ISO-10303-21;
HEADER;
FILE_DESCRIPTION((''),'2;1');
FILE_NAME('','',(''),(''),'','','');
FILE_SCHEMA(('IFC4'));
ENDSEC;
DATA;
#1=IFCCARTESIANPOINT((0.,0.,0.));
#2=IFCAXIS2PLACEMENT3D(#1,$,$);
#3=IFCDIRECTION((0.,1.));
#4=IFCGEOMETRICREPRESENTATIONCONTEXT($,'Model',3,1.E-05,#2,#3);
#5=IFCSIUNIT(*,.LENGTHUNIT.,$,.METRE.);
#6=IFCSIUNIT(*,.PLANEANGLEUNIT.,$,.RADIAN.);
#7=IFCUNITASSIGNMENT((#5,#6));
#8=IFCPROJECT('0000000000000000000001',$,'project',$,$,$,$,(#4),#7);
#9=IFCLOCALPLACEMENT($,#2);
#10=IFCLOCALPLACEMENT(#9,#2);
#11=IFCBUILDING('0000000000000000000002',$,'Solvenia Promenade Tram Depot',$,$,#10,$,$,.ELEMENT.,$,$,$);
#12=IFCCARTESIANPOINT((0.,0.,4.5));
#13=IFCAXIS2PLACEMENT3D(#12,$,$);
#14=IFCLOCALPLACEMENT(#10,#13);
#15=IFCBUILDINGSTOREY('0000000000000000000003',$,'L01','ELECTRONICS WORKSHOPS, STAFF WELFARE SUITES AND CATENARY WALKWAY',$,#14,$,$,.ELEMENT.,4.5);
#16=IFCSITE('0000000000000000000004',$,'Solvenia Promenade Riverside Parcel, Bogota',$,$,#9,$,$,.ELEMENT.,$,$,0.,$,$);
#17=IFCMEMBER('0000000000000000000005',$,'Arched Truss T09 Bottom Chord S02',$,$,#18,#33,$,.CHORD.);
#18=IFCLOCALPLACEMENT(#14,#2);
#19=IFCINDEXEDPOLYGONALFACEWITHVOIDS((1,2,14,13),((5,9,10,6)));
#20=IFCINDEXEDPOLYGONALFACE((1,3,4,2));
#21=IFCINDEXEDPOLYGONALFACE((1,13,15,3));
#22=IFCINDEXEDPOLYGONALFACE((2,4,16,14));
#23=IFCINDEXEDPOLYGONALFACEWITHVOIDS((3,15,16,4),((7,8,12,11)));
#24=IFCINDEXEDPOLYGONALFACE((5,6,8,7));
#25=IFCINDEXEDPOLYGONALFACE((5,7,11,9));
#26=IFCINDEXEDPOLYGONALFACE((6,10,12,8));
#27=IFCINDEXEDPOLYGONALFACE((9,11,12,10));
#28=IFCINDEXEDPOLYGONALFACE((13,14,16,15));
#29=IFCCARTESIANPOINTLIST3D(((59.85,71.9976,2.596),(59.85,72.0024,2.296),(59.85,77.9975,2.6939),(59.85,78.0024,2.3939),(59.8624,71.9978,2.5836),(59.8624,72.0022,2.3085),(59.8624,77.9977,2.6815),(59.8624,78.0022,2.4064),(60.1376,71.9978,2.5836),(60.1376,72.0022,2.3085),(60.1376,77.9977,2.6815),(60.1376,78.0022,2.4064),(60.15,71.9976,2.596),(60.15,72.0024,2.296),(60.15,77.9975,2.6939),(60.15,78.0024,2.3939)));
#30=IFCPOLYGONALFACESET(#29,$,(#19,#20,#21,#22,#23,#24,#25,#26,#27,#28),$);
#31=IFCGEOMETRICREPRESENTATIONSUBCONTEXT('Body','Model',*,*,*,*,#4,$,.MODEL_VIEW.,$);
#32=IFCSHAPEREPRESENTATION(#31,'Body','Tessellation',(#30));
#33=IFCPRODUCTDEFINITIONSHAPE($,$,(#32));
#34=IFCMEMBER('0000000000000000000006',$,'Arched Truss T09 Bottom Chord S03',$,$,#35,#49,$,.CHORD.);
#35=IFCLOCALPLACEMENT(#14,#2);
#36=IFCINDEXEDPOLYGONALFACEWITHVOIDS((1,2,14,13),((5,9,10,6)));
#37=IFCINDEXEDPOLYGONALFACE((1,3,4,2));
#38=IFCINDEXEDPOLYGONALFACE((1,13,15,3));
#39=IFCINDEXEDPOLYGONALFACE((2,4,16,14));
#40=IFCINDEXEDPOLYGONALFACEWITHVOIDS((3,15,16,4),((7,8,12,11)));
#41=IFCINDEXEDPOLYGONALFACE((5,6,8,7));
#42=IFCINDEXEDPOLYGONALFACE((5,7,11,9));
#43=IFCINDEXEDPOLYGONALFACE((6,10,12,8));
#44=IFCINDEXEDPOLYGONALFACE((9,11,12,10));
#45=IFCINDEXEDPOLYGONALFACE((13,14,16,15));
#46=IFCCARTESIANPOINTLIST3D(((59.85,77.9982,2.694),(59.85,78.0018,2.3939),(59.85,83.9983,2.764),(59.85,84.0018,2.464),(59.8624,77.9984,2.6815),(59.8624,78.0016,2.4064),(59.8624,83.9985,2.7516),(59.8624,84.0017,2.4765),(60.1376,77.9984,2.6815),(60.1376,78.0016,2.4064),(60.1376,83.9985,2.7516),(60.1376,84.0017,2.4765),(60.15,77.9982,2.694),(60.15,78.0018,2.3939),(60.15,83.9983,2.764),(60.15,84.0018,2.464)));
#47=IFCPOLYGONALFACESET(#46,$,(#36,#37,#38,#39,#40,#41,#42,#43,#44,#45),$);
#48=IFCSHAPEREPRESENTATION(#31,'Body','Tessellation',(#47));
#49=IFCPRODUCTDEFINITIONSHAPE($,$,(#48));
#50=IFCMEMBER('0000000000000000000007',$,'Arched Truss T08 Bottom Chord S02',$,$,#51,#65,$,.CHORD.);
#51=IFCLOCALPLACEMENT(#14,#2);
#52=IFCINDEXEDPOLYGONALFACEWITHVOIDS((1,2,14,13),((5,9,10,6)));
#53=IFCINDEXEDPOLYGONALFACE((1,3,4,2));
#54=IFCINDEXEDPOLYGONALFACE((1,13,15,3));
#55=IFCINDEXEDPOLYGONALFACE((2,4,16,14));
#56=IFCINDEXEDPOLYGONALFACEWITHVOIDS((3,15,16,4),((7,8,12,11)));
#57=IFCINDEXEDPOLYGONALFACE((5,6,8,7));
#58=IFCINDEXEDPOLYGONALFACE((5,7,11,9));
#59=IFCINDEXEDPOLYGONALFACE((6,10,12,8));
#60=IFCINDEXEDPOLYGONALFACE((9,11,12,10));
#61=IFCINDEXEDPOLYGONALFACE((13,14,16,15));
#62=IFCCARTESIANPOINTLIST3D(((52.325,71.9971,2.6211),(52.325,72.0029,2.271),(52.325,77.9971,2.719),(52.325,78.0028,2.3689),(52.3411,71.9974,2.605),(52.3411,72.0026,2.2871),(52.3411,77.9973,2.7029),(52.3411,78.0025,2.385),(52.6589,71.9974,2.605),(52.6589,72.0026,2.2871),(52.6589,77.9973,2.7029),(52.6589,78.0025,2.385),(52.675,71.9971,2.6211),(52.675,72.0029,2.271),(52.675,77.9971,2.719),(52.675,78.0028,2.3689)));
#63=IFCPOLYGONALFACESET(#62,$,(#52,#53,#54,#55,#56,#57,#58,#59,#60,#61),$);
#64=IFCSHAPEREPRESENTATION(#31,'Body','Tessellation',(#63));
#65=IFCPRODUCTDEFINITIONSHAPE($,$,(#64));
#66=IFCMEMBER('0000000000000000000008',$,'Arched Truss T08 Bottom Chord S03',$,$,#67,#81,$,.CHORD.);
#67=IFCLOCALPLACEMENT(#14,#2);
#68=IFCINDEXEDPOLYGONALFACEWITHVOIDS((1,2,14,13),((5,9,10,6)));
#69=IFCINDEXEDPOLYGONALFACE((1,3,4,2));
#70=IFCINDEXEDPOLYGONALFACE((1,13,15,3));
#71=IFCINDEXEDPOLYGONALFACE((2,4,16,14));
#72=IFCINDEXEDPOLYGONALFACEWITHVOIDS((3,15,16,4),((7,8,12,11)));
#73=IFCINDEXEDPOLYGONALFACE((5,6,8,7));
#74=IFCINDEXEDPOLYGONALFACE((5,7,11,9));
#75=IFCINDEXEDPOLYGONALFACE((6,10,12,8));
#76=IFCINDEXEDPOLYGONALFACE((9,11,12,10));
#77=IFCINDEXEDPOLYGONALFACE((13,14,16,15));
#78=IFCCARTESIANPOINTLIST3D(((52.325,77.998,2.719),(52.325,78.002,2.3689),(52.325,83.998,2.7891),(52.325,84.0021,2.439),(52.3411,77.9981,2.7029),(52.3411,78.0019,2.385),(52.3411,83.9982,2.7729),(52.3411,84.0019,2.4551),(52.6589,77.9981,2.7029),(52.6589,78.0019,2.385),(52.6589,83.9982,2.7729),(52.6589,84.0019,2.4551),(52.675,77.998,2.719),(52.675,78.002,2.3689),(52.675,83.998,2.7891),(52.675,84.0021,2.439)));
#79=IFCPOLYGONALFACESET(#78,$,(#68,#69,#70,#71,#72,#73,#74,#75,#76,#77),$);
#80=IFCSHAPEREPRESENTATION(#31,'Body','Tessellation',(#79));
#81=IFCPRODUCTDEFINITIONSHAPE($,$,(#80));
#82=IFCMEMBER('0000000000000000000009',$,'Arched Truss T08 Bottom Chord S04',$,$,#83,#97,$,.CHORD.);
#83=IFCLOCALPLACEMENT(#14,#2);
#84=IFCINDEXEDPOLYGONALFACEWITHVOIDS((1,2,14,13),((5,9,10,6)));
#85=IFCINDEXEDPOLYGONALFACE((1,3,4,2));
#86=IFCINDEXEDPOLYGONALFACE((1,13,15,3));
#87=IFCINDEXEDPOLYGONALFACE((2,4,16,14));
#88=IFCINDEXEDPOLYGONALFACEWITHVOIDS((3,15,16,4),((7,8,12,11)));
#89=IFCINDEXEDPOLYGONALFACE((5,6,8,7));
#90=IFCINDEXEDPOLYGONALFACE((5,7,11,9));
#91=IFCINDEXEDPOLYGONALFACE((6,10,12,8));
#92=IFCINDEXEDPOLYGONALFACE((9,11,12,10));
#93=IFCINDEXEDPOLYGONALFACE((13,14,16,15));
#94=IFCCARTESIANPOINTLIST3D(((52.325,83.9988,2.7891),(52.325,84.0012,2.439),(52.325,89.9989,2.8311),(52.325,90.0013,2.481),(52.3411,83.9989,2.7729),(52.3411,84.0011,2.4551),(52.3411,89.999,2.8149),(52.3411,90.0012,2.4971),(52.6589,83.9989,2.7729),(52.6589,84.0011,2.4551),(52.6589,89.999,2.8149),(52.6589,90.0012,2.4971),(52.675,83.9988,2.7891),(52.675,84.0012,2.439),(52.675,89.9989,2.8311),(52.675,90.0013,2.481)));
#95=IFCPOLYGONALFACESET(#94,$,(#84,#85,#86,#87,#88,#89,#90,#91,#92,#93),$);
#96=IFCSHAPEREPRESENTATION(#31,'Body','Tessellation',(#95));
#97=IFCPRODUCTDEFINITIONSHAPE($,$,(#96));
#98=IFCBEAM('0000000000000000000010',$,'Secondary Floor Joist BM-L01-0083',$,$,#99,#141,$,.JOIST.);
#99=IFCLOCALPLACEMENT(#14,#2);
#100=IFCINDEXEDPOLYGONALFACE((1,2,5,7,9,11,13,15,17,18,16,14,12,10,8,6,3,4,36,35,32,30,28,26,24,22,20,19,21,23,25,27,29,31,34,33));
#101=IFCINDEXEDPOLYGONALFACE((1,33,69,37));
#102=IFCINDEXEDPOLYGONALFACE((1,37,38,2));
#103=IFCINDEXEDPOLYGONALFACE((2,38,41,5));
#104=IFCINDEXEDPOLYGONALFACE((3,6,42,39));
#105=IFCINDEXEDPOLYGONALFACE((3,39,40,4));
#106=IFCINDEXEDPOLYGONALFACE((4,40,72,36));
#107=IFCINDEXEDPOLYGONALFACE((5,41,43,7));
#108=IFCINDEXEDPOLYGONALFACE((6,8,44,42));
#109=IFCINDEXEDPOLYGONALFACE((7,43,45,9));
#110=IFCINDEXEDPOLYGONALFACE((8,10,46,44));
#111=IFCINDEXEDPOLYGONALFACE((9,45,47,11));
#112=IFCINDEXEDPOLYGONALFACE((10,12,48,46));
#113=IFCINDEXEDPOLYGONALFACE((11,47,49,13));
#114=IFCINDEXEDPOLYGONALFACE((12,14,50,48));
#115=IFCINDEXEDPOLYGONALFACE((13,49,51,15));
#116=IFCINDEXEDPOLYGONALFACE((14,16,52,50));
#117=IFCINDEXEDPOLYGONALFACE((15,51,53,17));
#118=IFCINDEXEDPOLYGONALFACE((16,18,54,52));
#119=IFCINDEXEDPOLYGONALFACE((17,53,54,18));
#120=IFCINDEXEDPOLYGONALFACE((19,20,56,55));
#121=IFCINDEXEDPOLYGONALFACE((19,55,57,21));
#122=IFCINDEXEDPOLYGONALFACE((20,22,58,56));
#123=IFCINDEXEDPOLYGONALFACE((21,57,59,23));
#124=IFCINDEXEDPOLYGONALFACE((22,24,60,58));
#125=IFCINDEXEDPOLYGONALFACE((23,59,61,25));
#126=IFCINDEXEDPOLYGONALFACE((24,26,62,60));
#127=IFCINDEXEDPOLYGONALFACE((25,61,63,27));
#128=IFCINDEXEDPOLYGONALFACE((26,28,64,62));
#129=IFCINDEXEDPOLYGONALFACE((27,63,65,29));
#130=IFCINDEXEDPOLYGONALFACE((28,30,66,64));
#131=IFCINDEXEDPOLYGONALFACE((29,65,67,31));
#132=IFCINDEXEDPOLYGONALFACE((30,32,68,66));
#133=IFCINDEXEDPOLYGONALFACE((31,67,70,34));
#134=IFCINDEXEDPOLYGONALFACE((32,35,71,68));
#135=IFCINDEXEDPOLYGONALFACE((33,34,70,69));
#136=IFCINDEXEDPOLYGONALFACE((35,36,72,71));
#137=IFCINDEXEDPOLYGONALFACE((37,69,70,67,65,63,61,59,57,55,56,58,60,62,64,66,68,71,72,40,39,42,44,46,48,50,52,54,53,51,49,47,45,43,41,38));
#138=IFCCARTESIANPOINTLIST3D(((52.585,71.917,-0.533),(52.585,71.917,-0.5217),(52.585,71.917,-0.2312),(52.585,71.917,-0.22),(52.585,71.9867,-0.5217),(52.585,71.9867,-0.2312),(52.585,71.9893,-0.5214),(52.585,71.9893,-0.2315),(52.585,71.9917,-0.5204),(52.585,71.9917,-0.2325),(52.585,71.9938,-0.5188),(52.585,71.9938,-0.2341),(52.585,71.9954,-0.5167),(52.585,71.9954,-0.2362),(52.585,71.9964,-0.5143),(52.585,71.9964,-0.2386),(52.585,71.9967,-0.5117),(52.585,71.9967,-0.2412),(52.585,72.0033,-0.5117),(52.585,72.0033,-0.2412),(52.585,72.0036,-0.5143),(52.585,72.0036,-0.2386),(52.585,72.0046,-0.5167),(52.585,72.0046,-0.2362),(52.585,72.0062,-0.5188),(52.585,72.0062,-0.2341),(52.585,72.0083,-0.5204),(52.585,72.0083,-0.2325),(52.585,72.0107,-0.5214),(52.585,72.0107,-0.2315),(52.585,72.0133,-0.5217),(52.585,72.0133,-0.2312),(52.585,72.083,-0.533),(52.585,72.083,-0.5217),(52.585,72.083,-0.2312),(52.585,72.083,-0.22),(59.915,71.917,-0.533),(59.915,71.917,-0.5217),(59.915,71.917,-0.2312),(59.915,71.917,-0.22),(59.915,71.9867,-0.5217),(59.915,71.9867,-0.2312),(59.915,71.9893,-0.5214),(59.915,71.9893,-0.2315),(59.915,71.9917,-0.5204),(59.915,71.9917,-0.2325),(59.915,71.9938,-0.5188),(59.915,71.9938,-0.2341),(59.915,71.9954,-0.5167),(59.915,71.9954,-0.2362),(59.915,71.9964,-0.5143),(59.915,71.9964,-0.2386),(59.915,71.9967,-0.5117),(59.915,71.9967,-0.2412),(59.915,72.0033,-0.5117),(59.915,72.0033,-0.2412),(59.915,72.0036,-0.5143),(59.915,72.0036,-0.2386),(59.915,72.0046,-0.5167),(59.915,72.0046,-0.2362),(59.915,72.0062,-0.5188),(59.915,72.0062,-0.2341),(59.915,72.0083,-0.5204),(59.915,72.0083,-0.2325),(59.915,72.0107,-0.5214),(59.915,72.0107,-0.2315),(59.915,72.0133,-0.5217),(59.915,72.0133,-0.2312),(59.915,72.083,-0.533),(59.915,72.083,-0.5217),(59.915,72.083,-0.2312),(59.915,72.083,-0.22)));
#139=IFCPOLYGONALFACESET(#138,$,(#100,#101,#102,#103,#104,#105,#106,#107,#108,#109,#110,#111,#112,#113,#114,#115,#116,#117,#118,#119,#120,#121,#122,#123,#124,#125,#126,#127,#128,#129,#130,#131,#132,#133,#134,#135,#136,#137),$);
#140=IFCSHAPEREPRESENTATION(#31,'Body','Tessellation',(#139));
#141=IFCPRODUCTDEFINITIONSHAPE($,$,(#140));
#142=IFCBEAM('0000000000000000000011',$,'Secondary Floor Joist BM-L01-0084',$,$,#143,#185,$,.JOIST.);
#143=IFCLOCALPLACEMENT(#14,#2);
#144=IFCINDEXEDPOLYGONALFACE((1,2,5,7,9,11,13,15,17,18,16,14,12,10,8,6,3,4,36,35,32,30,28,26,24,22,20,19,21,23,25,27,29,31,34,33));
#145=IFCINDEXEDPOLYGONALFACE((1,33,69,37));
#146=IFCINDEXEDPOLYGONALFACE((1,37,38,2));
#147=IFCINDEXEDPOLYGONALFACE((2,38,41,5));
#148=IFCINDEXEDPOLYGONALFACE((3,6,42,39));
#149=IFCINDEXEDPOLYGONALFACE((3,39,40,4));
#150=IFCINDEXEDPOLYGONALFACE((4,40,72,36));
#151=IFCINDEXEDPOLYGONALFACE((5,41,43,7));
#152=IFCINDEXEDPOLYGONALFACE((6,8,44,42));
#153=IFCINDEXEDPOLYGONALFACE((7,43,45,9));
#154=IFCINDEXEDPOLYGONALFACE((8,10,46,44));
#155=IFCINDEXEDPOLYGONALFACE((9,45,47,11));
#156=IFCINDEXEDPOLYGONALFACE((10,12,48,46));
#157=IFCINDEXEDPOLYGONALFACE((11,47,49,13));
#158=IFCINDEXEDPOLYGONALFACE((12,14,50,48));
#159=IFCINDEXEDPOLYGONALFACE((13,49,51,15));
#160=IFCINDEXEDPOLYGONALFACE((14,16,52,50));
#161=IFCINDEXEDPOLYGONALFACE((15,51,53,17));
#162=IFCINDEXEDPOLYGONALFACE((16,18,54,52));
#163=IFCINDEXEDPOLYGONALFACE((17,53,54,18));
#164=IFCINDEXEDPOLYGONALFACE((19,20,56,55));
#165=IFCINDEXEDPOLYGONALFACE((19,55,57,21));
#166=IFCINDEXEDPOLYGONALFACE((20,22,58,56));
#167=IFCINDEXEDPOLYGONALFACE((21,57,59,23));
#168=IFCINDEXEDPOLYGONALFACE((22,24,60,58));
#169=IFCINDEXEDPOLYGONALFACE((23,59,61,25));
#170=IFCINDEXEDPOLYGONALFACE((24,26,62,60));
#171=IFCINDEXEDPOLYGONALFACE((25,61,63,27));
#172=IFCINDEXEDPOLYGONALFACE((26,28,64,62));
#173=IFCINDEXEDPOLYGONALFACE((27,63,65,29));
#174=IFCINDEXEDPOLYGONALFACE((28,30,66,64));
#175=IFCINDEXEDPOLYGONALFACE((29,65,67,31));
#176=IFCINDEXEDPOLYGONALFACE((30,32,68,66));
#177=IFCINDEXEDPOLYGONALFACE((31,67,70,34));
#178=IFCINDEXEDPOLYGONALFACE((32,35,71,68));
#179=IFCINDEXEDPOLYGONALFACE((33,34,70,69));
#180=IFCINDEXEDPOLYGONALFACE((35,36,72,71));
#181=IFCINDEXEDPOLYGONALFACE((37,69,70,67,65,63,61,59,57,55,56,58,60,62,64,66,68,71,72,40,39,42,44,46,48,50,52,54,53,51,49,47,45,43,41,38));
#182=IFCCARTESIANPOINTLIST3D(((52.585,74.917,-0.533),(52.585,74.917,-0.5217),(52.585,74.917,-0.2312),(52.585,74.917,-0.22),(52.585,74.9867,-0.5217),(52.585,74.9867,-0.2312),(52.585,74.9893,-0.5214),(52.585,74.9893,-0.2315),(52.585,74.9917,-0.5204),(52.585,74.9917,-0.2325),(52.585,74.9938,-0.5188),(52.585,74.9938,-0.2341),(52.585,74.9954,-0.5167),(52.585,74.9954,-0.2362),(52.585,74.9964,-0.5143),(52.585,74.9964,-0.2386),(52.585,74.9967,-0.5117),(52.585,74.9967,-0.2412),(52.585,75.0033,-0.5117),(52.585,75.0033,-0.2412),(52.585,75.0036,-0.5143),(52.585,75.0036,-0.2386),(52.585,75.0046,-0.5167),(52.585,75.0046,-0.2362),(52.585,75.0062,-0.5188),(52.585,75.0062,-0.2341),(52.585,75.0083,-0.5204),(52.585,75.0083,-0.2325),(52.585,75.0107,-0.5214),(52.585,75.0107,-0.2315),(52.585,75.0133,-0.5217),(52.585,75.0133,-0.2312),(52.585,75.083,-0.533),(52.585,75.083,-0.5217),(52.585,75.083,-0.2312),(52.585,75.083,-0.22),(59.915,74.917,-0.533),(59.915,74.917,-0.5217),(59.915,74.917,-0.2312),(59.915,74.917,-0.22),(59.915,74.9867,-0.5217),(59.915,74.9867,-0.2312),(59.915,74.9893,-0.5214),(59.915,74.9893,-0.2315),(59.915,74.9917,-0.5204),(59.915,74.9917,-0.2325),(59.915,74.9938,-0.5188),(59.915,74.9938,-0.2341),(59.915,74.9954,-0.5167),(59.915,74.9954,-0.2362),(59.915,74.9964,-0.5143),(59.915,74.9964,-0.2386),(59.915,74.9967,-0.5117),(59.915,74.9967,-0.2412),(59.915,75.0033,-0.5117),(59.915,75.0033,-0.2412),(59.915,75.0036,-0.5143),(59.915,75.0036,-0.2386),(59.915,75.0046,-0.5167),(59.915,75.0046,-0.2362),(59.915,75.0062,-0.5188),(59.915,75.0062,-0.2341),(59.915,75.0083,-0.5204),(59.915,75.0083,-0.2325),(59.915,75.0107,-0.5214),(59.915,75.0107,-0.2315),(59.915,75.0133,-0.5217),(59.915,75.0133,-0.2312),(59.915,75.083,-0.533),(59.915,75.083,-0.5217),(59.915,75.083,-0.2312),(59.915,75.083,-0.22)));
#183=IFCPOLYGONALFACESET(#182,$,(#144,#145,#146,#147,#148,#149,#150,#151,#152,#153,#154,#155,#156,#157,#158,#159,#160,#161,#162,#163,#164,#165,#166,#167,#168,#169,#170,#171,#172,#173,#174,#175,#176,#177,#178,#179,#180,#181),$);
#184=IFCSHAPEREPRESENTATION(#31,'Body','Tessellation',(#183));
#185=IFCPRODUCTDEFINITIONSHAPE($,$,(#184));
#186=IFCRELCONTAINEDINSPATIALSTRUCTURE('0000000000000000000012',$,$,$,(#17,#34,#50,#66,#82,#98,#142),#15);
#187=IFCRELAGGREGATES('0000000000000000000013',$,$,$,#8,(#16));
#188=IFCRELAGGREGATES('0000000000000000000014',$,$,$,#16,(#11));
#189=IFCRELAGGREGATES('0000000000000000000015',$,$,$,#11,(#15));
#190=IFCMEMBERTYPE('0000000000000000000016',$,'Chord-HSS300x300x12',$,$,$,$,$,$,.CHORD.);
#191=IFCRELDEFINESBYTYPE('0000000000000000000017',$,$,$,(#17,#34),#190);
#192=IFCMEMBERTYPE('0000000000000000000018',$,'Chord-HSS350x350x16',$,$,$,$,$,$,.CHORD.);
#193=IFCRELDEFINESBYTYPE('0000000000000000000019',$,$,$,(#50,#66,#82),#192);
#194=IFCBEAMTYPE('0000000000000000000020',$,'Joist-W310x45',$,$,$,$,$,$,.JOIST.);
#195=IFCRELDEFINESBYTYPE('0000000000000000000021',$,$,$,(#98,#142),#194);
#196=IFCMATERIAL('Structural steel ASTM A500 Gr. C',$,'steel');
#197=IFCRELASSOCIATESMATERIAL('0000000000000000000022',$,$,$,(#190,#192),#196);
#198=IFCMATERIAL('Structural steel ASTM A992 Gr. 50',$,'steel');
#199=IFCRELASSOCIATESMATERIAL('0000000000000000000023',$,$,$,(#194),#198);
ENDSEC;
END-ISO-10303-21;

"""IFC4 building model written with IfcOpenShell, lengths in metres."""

from ifc_helpers import new_model, si_unit, direction, frame, origin, origin_2d, place, context, subcontext, project, spatial, hollow_rectangle, i_section, extrude, material, material_profile, profile_set, type_object, element, save


model = new_model("IFC4")

# Units and contexts
model_context = context("Model", 3, precision=1e-05, world=origin(), true_north=direction((0.0, 1.0)))
body_context = subcontext(model_context, "Body", "Model", "MODEL_VIEW")
ifc_project = project(units=[si_unit("LENGTHUNIT", "METRE"), si_unit("PLANEANGLEUNIT", "RADIAN")], contexts=[model_context])

# Site, building, storey
site_placement = place(None, origin())
site = spatial("IfcSite", under=ifc_project, at=site_placement, Name="Solvenia Promenade Riverside Parcel, Bogota", CompositionType="ELEMENT", RefElevation=0.0)
building_placement = place(site_placement, origin())
building = spatial("IfcBuilding", under=site, at=building_placement, Name="Solvenia Promenade Tram Depot", CompositionType="ELEMENT")
storey_placement = place(building_placement, frame((0.0, 0.0, 4.5)))
storey = spatial("IfcBuildingStorey", under=building, at=storey_placement, Name="L01", Description="ELECTRONICS WORKSHOPS, STAFF WELFARE SUITES AND CATENARY WALKWAY", CompositionType="ELEMENT", Elevation=4.5)

# Members
ifc_material_1 = material(Name="Structural steel ASTM A500 Gr. C", Category="steel")
ifc_material_profile_1 = material_profile(ifc_material_1, hollow_rectangle(XDim=0.3, YDim=0.3, WallThickness=0.0125, at=origin_2d()), Name="HSS300x300x12.5", Category="steel")
ifc_profile_set_1 = profile_set([ifc_material_profile_1], Name="Structural steel ASTM A500 Gr. C")
member_type_1 = type_object("IfcMemberType", Name="Chord-HSS300x300x12", PredefinedType="CHORD", material=ifc_profile_set_1)
member_1_placement = place(storey_placement, frame((60.0, 72.0, 2.446), z_axis=(0.0, 0.999867, 0.016315), x_axis=(-1.0, 0.0, 0.0)))
element("IfcMember", 1, at=member_1_placement, inside=storey, type_object=member_type_1, Name="Arched Truss T09 Bottom Chord S02", PredefinedType="CHORD", context=body_context, shape_type="SweptSolid", body=[
    extrude(hollow_rectangle(XDim=0.3, YDim=0.3, WallThickness=0.0125, at=origin_2d()), origin(), (0.0, 0.0, 1.0), 6.0007),
])
member_2_placement = place(storey_placement, frame((60.0, 78.0, 2.5439), z_axis=(0.0, 0.999932, 0.011677), x_axis=(-1.0, 0.0, 0.0)))
element("IfcMember", 2, at=member_2_placement, inside=storey, type_object=member_type_1, Name="Arched Truss T09 Bottom Chord S03", PredefinedType="CHORD", context=body_context, shape_type="SweptSolid", body=[
    extrude(hollow_rectangle(XDim=0.3, YDim=0.3, WallThickness=0.0125, at=origin_2d()), origin(), (0.0, 0.0, 1.0), 6.0005),
])
ifc_material_profile_2 = material_profile(ifc_material_1, hollow_rectangle(XDim=0.3501, YDim=0.3501, WallThickness=0.0161, at=origin_2d()), Name="HSS350x350x16", Category="steel")
ifc_profile_set_2 = profile_set([ifc_material_profile_2], Name="Structural steel ASTM A500 Gr. C")
member_type_2 = type_object("IfcMemberType", Name="Chord-HSS350x350x16", PredefinedType="CHORD", material=ifc_profile_set_2)
member_3_placement = place(storey_placement, frame((52.5, 72.0, 2.446), z_axis=(0.0, 0.999867, 0.016315), x_axis=(-1.0, 0.0, 0.0)))
element("IfcMember", 3, at=member_3_placement, inside=storey, type_object=member_type_2, Name="Arched Truss T08 Bottom Chord S02", PredefinedType="CHORD", context=body_context, shape_type="SweptSolid", body=[
    extrude(hollow_rectangle(XDim=0.3501, YDim=0.3501, WallThickness=0.0161, at=origin_2d()), origin(), (0.0, 0.0, 1.0), 6.0007),
])
member_4_placement = place(storey_placement, frame((52.5, 78.0, 2.5439), z_axis=(0.0, 0.999932, 0.011677), x_axis=(-1.0, 0.0, 0.0)))
element("IfcMember", 4, at=member_4_placement, inside=storey, type_object=member_type_2, Name="Arched Truss T08 Bottom Chord S03", PredefinedType="CHORD", context=body_context, shape_type="SweptSolid", body=[
    extrude(hollow_rectangle(XDim=0.3501, YDim=0.3501, WallThickness=0.0161, at=origin_2d()), origin(), (0.0, 0.0, 1.0), 6.0005),
])
member_5_placement = place(storey_placement, frame((52.5, 84.0, 2.614), z_axis=(0.0, 0.999976, 0.006999), x_axis=(-1.0, 0.0, 0.0)))
element("IfcMember", 5, at=member_5_placement, inside=storey, type_object=member_type_2, Name="Arched Truss T08 Bottom Chord S04", PredefinedType="CHORD", context=body_context, shape_type="SweptSolid", body=[
    extrude(hollow_rectangle(XDim=0.3501, YDim=0.3501, WallThickness=0.0161, at=origin_2d()), origin(), (0.0, 0.0, 1.0), 6.0002),
])

# Beams
ifc_material_2 = material(Name="Structural steel ASTM A992 Gr. 50", Category="steel")
ifc_material_profile_3 = material_profile(ifc_material_2, i_section(OverallWidth=0.166, OverallDepth=0.313, WebThickness=0.0066, FlangeThickness=0.0112, FilletRadius=0.01, at=origin_2d()), Name="W310x45", Category="steel")
ifc_profile_set_3 = profile_set([ifc_material_profile_3], Name="Structural steel ASTM A992 Gr. 50")
beam_type_1 = type_object("IfcBeamType", Name="Joist-W310x45", PredefinedType="JOIST", material=ifc_profile_set_3)
for number, where, z_axis, x_axis, name in (
    (6, (52.585, 72.0, -0.3765), (1.0, 0.0, 0.0), (0.0, 1.0, 0.0), "Secondary Floor Joist BM-L01-0083"),
    (7, (52.585, 75.0, -0.3765), (1.0, 0.0, 0.0), (0.0, 1.0, 0.0), "Secondary Floor Joist BM-L01-0084"),
):
    element("IfcBeam", number, at=place(storey_placement, frame(where, z_axis=z_axis, x_axis=x_axis)), inside=storey, type_object=beam_type_1, Name=name, PredefinedType="JOIST", context=body_context, shape_type="SweptSolid", body=[
        extrude(i_section(OverallWidth=0.166, OverallDepth=0.313, WebThickness=0.0066, FlangeThickness=0.0112, FilletRadius=0.01, at=origin_2d()), origin(), (0.0, 0.0, 1.0), 7.3301),
    ])

save(model, "model.ifc")
